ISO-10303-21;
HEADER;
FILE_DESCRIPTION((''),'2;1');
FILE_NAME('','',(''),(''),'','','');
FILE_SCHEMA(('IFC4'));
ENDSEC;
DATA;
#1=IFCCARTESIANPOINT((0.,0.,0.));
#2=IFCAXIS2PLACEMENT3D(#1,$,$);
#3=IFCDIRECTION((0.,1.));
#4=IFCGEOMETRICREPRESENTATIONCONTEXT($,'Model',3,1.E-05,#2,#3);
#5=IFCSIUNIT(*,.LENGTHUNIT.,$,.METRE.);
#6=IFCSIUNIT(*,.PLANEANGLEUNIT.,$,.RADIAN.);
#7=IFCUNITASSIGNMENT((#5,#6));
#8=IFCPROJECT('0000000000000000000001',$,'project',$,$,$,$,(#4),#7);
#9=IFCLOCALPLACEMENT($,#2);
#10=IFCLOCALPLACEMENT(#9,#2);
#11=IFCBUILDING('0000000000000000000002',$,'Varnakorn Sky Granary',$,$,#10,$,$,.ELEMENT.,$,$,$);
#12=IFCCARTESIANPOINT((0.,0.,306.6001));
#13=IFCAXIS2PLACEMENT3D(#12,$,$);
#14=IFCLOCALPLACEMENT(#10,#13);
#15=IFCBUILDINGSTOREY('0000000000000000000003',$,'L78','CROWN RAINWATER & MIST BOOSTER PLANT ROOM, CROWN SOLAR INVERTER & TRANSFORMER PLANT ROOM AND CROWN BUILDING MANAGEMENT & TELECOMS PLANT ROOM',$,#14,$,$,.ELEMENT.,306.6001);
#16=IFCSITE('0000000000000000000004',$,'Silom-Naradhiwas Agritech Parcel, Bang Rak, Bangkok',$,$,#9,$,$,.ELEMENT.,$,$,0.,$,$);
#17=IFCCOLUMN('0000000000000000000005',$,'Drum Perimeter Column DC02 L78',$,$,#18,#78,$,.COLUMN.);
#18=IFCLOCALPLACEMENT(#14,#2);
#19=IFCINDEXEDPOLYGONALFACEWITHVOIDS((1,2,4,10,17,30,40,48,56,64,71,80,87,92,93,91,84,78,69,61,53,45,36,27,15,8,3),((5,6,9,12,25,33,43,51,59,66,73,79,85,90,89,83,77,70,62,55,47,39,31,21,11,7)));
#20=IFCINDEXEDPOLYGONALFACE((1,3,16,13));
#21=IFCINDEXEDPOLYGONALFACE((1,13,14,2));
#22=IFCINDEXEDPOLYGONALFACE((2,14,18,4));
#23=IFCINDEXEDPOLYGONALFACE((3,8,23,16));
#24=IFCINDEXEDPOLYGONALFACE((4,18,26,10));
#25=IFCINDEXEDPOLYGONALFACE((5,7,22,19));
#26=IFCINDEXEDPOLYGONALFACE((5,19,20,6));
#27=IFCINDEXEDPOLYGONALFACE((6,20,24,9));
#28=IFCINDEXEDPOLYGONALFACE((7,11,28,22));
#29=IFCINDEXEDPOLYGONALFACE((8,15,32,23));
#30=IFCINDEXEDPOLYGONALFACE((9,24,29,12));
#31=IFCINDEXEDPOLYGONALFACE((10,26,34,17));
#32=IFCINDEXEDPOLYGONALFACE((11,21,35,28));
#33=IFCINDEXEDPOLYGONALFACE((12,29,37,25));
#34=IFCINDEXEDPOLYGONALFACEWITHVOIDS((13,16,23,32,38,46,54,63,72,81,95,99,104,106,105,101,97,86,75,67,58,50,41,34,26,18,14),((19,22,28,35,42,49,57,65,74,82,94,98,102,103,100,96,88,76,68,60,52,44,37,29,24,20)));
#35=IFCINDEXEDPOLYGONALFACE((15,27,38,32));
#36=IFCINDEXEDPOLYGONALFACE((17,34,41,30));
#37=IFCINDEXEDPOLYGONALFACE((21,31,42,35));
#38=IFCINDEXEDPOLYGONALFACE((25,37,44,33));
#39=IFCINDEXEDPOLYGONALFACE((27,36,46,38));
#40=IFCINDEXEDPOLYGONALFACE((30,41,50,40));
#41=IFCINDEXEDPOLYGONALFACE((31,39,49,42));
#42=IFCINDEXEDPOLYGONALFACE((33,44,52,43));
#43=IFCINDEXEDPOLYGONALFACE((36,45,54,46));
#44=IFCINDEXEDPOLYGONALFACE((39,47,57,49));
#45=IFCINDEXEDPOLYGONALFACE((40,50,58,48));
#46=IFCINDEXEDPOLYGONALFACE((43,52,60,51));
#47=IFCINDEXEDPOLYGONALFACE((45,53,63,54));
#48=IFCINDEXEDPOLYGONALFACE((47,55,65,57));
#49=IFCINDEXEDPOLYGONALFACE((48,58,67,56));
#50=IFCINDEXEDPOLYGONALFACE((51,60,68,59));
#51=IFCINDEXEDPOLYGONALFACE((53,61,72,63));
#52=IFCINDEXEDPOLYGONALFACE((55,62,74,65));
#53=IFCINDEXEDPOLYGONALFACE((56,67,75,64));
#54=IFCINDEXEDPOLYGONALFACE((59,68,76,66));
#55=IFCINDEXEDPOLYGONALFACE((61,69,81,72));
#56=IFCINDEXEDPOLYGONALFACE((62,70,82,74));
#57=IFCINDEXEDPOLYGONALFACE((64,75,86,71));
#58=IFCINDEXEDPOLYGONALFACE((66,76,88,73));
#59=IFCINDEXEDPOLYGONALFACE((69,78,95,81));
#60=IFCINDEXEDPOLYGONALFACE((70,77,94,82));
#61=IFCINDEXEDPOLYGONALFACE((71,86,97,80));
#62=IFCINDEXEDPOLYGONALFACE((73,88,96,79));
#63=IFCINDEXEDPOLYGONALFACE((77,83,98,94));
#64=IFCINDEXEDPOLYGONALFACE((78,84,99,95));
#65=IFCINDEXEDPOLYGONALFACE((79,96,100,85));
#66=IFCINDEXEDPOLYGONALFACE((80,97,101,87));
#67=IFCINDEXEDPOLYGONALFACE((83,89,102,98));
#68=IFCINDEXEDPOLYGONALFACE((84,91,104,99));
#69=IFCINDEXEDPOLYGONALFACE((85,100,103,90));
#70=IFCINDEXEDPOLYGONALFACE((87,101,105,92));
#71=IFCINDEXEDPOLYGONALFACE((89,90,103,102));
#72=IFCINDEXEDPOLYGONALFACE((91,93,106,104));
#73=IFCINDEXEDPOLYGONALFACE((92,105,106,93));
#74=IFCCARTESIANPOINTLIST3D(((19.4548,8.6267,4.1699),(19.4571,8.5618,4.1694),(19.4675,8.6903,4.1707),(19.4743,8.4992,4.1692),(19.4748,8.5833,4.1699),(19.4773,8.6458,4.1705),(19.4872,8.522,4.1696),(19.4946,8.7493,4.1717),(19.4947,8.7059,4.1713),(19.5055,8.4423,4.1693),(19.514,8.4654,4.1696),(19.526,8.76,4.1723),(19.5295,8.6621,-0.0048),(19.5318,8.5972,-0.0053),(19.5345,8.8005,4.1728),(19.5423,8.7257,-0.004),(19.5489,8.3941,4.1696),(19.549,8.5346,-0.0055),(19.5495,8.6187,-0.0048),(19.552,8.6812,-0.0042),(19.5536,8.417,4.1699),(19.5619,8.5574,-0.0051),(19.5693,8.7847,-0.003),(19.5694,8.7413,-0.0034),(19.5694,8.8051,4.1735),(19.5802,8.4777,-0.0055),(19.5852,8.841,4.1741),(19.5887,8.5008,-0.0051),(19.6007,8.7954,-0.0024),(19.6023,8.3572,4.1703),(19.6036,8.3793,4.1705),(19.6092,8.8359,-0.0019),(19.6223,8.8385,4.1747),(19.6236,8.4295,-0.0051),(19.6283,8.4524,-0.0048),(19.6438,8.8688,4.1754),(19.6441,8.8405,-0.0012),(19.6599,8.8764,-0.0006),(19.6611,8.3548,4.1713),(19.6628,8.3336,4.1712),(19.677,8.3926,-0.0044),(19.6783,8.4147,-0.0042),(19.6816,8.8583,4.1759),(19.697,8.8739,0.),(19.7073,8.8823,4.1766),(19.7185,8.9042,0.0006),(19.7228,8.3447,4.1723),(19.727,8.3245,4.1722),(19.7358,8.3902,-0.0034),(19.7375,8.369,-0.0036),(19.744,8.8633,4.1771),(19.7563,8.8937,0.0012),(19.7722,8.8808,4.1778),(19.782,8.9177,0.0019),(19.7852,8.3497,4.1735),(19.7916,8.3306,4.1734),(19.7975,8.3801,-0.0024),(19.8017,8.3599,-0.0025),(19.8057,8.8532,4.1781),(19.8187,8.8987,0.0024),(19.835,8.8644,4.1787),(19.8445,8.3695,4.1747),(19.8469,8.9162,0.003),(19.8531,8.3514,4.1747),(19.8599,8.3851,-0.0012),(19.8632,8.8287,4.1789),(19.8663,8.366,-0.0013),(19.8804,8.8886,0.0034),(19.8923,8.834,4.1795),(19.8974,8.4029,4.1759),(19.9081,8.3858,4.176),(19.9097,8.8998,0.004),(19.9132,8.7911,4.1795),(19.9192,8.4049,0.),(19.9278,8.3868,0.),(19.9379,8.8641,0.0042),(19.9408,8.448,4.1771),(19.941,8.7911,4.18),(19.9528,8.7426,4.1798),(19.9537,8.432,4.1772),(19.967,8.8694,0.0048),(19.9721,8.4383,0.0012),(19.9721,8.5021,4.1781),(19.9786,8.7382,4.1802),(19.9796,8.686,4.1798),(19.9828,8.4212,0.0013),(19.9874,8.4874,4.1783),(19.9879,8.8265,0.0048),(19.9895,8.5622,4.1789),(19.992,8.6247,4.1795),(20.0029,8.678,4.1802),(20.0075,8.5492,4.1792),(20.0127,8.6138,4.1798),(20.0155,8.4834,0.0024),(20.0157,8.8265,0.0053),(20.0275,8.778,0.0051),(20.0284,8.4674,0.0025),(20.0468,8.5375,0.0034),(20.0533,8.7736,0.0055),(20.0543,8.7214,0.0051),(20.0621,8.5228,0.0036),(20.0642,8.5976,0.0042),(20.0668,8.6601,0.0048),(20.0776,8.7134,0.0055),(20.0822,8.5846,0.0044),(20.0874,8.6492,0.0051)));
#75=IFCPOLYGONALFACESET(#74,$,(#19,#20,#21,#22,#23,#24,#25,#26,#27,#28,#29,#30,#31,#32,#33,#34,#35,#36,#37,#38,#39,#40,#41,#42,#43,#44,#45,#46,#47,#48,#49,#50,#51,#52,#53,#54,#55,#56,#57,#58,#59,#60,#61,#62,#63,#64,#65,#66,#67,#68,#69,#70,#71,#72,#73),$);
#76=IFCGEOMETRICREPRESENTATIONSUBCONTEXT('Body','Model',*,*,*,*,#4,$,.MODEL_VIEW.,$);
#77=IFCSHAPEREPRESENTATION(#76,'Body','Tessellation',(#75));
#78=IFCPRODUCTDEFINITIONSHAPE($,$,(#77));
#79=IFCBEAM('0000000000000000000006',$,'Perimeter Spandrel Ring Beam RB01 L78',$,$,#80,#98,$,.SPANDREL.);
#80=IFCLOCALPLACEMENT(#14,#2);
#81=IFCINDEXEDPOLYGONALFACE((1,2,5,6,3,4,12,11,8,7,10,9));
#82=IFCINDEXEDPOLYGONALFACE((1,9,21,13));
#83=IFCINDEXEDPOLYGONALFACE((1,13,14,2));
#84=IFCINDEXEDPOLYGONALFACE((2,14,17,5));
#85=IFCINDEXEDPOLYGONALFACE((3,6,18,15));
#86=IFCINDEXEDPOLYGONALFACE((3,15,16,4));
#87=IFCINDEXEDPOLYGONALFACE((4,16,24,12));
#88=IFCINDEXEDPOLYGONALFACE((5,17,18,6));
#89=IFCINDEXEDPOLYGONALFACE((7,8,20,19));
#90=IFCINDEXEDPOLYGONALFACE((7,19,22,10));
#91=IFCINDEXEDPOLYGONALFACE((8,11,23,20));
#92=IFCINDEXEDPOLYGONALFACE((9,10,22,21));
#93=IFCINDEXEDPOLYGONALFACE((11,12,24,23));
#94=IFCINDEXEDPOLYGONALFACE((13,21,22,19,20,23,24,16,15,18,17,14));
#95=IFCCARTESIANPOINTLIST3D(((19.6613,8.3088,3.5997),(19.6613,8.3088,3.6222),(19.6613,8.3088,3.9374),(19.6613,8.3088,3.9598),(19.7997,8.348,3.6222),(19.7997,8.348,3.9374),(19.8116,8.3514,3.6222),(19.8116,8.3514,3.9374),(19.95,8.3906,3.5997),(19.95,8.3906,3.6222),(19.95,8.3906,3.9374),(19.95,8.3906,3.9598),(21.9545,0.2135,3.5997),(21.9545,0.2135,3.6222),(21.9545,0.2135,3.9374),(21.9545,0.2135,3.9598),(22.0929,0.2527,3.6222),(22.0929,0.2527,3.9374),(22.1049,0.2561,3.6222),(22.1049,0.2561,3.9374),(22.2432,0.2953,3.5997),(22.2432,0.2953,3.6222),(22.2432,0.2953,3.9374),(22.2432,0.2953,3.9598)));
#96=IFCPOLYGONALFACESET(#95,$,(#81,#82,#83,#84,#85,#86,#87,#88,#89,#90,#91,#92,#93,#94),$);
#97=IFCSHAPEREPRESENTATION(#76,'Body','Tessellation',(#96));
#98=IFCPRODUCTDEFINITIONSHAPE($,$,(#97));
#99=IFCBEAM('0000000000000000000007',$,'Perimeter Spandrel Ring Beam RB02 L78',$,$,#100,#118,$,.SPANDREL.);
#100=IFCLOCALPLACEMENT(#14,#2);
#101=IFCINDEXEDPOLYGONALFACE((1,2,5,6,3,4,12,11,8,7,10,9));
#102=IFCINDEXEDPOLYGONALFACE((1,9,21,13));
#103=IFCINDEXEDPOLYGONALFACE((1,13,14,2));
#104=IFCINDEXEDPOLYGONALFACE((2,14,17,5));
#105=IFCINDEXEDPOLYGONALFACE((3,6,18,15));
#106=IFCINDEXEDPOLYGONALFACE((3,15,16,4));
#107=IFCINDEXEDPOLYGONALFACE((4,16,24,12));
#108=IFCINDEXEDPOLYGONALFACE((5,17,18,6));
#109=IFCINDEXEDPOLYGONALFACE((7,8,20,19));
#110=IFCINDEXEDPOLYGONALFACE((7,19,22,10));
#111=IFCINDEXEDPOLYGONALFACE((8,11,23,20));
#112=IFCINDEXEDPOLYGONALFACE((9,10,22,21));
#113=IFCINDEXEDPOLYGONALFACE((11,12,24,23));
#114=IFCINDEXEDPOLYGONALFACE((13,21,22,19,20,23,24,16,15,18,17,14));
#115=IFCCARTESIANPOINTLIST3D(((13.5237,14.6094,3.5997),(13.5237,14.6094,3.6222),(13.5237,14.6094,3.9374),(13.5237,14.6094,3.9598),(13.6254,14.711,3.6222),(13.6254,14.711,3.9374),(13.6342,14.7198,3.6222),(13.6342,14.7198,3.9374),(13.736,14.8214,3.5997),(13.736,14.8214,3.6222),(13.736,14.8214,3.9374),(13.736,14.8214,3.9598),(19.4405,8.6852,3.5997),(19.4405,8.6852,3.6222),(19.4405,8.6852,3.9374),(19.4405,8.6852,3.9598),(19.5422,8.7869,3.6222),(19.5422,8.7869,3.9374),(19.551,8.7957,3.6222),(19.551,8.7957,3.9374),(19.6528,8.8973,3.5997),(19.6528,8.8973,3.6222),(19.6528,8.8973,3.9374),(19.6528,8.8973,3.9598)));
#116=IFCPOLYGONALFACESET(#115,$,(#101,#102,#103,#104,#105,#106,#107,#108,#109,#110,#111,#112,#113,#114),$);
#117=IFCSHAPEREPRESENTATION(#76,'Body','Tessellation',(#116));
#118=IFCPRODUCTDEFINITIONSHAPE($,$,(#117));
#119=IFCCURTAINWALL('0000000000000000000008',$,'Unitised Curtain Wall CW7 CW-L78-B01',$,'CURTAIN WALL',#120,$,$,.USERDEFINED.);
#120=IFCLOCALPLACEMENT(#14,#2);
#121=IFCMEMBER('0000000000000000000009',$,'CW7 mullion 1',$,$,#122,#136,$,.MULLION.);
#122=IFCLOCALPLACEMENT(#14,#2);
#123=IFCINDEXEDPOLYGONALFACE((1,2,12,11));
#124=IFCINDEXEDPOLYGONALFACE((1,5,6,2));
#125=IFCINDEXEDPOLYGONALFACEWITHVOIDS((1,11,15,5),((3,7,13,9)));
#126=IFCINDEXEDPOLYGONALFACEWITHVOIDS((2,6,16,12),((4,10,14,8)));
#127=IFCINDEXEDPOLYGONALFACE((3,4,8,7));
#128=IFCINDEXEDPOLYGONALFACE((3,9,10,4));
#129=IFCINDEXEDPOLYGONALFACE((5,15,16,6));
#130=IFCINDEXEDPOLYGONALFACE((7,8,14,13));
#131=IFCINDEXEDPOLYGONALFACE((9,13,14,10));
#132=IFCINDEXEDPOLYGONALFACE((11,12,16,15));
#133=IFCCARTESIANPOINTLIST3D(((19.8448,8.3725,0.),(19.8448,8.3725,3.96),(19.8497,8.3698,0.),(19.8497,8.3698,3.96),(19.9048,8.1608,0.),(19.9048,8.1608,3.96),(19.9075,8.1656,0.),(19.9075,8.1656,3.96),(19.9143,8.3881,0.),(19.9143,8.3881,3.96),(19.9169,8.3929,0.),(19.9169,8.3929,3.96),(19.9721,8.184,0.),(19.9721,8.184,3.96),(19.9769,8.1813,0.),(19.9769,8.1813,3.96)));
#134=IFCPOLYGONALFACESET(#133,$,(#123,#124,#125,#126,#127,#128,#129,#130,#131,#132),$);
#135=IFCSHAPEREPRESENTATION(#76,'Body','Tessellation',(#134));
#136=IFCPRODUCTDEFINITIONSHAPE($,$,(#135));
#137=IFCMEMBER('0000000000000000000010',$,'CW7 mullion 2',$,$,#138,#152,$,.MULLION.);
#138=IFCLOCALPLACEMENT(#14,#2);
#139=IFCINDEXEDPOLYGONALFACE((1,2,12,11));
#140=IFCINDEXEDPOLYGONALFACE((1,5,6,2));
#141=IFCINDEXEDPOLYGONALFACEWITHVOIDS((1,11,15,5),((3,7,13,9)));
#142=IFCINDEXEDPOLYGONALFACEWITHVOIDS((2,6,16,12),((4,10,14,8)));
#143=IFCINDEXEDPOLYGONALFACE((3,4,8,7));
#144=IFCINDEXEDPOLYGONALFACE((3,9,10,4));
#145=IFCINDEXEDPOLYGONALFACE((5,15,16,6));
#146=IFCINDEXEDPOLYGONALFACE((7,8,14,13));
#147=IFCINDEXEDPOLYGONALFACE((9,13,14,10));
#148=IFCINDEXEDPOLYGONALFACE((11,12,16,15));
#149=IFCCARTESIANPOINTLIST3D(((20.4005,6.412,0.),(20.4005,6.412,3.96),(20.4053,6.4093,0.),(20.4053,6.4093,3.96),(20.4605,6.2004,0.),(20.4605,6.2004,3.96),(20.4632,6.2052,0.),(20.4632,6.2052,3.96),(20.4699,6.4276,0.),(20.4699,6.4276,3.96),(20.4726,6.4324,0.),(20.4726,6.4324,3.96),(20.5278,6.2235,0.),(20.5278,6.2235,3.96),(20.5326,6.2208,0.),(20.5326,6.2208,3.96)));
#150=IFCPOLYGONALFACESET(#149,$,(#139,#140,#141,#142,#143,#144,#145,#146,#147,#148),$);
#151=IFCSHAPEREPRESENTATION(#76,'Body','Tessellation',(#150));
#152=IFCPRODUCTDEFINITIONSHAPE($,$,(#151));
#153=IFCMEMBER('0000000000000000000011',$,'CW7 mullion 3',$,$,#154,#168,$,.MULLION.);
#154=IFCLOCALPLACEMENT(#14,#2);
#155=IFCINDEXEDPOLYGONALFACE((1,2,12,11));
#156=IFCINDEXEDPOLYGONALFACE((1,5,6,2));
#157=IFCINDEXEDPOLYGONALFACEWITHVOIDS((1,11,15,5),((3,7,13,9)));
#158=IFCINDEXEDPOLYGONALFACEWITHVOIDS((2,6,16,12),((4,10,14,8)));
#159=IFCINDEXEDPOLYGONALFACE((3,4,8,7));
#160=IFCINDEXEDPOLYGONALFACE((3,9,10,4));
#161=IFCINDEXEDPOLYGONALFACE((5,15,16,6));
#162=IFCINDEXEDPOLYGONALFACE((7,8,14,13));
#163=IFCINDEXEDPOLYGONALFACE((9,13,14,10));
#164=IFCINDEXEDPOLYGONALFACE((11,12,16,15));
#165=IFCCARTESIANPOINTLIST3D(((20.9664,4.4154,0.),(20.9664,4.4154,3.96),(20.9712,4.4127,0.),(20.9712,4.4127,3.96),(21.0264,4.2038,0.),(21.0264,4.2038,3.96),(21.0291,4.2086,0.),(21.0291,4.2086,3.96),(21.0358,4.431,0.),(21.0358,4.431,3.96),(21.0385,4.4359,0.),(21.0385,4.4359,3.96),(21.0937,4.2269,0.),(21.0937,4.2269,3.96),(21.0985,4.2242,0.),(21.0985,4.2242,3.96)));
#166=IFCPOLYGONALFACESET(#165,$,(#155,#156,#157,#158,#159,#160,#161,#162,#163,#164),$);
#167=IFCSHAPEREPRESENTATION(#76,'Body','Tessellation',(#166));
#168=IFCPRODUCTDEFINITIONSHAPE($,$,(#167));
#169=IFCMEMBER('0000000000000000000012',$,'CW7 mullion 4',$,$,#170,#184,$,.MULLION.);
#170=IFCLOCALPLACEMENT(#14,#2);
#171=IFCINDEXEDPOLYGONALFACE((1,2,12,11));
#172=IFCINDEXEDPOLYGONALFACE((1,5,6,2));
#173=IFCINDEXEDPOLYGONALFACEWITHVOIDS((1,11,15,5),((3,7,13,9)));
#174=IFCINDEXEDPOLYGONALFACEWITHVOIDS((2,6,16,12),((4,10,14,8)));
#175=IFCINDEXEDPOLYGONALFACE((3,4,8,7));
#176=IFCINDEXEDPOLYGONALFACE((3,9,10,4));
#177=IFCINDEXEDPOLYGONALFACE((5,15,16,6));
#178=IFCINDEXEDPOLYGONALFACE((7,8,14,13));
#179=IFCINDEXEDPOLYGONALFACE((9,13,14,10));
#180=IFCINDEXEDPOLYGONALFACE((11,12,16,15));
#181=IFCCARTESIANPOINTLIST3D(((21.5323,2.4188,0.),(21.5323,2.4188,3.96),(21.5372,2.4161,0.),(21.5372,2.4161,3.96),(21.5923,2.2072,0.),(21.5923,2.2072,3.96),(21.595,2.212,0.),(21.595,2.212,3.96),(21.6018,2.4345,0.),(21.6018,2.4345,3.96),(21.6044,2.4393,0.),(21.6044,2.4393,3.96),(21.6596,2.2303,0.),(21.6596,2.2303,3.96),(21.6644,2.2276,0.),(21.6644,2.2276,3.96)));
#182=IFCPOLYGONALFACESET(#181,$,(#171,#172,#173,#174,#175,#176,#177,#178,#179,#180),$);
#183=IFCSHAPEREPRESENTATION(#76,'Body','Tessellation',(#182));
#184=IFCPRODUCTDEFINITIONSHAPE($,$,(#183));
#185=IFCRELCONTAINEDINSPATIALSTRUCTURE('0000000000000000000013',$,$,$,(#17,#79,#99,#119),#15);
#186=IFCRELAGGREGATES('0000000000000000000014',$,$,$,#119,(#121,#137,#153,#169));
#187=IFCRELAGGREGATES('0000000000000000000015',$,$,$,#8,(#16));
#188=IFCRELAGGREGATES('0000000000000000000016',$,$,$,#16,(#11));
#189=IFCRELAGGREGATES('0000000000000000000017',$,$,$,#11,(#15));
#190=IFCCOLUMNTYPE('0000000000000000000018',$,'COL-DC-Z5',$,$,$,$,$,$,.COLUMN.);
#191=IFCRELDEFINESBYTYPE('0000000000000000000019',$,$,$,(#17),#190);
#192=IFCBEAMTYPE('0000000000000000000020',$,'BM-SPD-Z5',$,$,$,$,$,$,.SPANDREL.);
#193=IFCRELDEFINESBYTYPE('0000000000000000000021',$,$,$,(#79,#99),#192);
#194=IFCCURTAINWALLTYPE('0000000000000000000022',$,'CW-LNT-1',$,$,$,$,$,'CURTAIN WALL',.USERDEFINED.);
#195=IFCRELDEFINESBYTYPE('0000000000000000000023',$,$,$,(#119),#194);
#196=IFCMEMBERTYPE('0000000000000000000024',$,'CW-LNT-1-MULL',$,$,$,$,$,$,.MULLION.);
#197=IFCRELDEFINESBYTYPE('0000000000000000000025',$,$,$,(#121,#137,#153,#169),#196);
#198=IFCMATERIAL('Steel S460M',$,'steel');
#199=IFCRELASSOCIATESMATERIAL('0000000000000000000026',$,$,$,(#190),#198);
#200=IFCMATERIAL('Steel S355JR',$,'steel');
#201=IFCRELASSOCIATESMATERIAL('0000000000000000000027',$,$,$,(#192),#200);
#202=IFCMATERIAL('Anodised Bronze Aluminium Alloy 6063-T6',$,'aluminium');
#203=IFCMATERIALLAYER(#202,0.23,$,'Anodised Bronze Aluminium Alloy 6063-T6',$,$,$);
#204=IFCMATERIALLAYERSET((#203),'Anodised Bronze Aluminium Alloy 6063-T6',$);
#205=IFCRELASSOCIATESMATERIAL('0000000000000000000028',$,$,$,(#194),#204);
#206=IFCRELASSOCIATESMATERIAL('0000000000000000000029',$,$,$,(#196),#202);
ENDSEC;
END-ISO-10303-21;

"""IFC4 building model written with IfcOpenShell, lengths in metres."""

from ifc_helpers import new_model, si_unit, direction, frame, origin, origin_2d, place, context, subcontext, project, spatial, hollow_rectangle, hollow_circle, i_section, extrude, material, layer, layer_set, material_profile, profile_set, type_object, element, aggregate, save


model = new_model("IFC4")

# Units and contexts
model_context = context("Model", 3, precision=1e-05, world=origin(), true_north=direction((0.0, 1.0)))
body_context = subcontext(model_context, "Body", "Model", "MODEL_VIEW")
ifc_project = project(units=[si_unit("LENGTHUNIT", "METRE"), si_unit("PLANEANGLEUNIT", "RADIAN")], contexts=[model_context])

# Site, building, storey
site_placement = place(None, origin())
site = spatial("IfcSite", under=ifc_project, at=site_placement, Name="Silom-Naradhiwas Agritech Parcel, Bang Rak, Bangkok", CompositionType="ELEMENT", RefElevation=0.0)
building_placement = place(site_placement, origin())
building = spatial("IfcBuilding", under=site, at=building_placement, Name="Varnakorn Sky Granary", CompositionType="ELEMENT")
storey_placement = place(building_placement, frame((0.0, 0.0, 306.6001)))
storey = spatial("IfcBuildingStorey", under=building, at=storey_placement, Name="L78", Description="CROWN RAINWATER & MIST BOOSTER PLANT ROOM, CROWN SOLAR INVERTER & TRANSFORMER PLANT ROOM AND CROWN BUILDING MANAGEMENT & TELECOMS PLANT ROOM", CompositionType="ELEMENT", Elevation=306.6001)

# Column
ifc_material_1 = material(Name="Steel S460M", Category="steel")
ifc_material_profile_1 = material_profile(ifc_material_1, hollow_circle(Radius=0.2795, WallThickness=0.02, at=origin_2d()), Name="CHS 559x20")
ifc_profile_set_1 = profile_set([ifc_material_profile_1], Name="Steel S460M")
column_type = type_object("IfcColumnType", Name="COL-DC-Z5", PredefinedType="COLUMN", material=ifc_profile_set_1)
column_placement = place(storey_placement, frame((19.8081, 8.6394, 0.0), z_axis=(-0.017891, -0.008478, 0.999804), x_axis=(0.428213, -0.903678, 0.0)))
element("IfcColumn", 1, at=column_placement, inside=storey, type_object=column_type, Name="Drum Perimeter Column DC02 L78", PredefinedType="COLUMN", context=body_context, shape_type="SweptSolid", body=[
    extrude(hollow_circle(Radius=0.2795, WallThickness=0.02, at=origin_2d()), origin(), (0.0, 0.0, 1.0), 4.1755),
])

# Beams
ifc_material_2 = material(Name="Steel S355JR", Category="steel")
ifc_material_profile_2 = material_profile(ifc_material_2, i_section(OverallWidth=0.3, OverallDepth=0.3601, WebThickness=0.0125, FlangeThickness=0.0225, at=origin_2d()), Name="HE 360 B")
ifc_profile_set_2 = profile_set([ifc_material_profile_2], Name="Steel S355JR")
beam_type = type_object("IfcBeamType", Name="BM-SPD-Z5", PredefinedType="SPANDREL", material=ifc_profile_set_2)
beam_1_placement = place(storey_placement, frame((22.0989, 0.2544, 3.7798), z_axis=(-0.272555, 0.96214, 0.0), x_axis=(-0.96214, -0.272555, 0.0)))
element("IfcBeam", 2, at=beam_1_placement, inside=storey, type_object=beam_type, Name="Perimeter Spandrel Ring Beam RB01 L78", PredefinedType="SPANDREL", context=body_context, shape_type="SweptSolid", body=[
    extrude(i_section(OverallWidth=0.3, OverallDepth=0.3601, WebThickness=0.0125, FlangeThickness=0.0225, at=origin_2d()), origin(), (0.0, 0.0, 1.0), 8.4138),
])
beam_2_placement = place(storey_placement, frame((19.5466, 8.7913, 3.7798), z_axis=(-0.706669, 0.707544, 0.0), x_axis=(-0.707544, -0.706669, 0.0)))
element("IfcBeam", 3, at=beam_2_placement, inside=storey, type_object=beam_type, Name="Perimeter Spandrel Ring Beam RB02 L78", PredefinedType="SPANDREL", context=body_context, shape_type="SweptSolid", body=[
    extrude(i_section(OverallWidth=0.3, OverallDepth=0.3601, WebThickness=0.0125, FlangeThickness=0.0225, at=origin_2d()), origin(), (0.0, 0.0, 1.0), 8.3728),
])

# Curtain wall, members
ifc_material_3 = material(Name="Anodised Bronze Aluminium Alloy 6063-T6", Category="aluminium")
ifc_layer_1 = layer(ifc_material_3, 0.23, Name="Anodised Bronze Aluminium Alloy 6063-T6")
ifc_layer_set_1 = layer_set([ifc_layer_1], Name="Anodised Bronze Aluminium Alloy 6063-T6")
curtain_wall_type = type_object("IfcCurtainWallType", Name="CW-LNT-1", ElementType="CURTAIN WALL", PredefinedType="USERDEFINED", material=ifc_layer_set_1)
curtain_wall_1_placement = place(storey_placement, origin())
curtain_wall_1 = element("IfcCurtainWall", 4, at=curtain_wall_1_placement, inside=storey, type_object=curtain_wall_type, Name="Unitised Curtain Wall CW7 CW-L78-B01", ObjectType="CURTAIN WALL", PredefinedType="USERDEFINED")
ifc_material_profile_3 = material_profile(ifc_material_3, hollow_rectangle(XDim=0.075, YDim=0.22, WallThickness=0.0039, at=origin_2d()), Name="ALU MULL 75x220")
ifc_profile_set_3 = profile_set([ifc_material_profile_3], Name="Anodised Bronze Aluminium Alloy 6063-T6")
member_type_1 = type_object("IfcMemberType", Name="CW-LNT-1-MULL", PredefinedType="MULLION", material=ifc_profile_set_3)
member_1_placement = place(storey_placement, frame((19.9109, 8.2769, 0.0), z_axis=(0.0, 0.0, 1.0), x_axis=(0.962095, 0.272716, 0.0)))
member_1 = element("IfcMember", 5, at=member_1_placement, type_object=member_type_1, Name="CW7 mullion 1", PredefinedType="MULLION", context=body_context, shape_type="SweptSolid", body=[
    extrude(hollow_rectangle(XDim=0.075, YDim=0.22, WallThickness=0.0039, at=origin_2d()), origin(), (0.0, 0.0, 1.0), 3.96),
])
member_2_placement = place(storey_placement, frame((20.4666, 6.3164, 0.0), z_axis=(0.0, 0.0, 1.0), x_axis=(0.962095, 0.272716, 0.0)))
member_2 = element("IfcMember", 6, at=member_2_placement, type_object=member_type_1, Name="CW7 mullion 2", PredefinedType="MULLION", context=body_context, shape_type="SweptSolid", body=[
    extrude(hollow_rectangle(XDim=0.075, YDim=0.22, WallThickness=0.0039, at=origin_2d()), origin(), (0.0, 0.0, 1.0), 3.96),
])
member_3_placement = place(storey_placement, frame((21.0325, 4.3198, 0.0), z_axis=(0.0, 0.0, 1.0), x_axis=(0.962095, 0.272716, 0.0)))
member_3 = element("IfcMember", 7, at=member_3_placement, type_object=member_type_1, Name="CW7 mullion 3", PredefinedType="MULLION", context=body_context, shape_type="SweptSolid", body=[
    extrude(hollow_rectangle(XDim=0.075, YDim=0.22, WallThickness=0.0039, at=origin_2d()), origin(), (0.0, 0.0, 1.0), 3.96),
])
member_4_placement = place(storey_placement, frame((21.5984, 2.3232, 0.0), z_axis=(0.0, 0.0, 1.0), x_axis=(0.962095, 0.272716, 0.0)))
member_4 = element("IfcMember", 8, at=member_4_placement, type_object=member_type_1, Name="CW7 mullion 4", PredefinedType="MULLION", context=body_context, shape_type="SweptSolid", body=[
    extrude(hollow_rectangle(XDim=0.075, YDim=0.22, WallThickness=0.0039, at=origin_2d()), origin(), (0.0, 0.0, 1.0), 3.96),
])

aggregate(curtain_wall_1, [member_1, member_2, member_3, member_4])

save(model, "model.ifc")
